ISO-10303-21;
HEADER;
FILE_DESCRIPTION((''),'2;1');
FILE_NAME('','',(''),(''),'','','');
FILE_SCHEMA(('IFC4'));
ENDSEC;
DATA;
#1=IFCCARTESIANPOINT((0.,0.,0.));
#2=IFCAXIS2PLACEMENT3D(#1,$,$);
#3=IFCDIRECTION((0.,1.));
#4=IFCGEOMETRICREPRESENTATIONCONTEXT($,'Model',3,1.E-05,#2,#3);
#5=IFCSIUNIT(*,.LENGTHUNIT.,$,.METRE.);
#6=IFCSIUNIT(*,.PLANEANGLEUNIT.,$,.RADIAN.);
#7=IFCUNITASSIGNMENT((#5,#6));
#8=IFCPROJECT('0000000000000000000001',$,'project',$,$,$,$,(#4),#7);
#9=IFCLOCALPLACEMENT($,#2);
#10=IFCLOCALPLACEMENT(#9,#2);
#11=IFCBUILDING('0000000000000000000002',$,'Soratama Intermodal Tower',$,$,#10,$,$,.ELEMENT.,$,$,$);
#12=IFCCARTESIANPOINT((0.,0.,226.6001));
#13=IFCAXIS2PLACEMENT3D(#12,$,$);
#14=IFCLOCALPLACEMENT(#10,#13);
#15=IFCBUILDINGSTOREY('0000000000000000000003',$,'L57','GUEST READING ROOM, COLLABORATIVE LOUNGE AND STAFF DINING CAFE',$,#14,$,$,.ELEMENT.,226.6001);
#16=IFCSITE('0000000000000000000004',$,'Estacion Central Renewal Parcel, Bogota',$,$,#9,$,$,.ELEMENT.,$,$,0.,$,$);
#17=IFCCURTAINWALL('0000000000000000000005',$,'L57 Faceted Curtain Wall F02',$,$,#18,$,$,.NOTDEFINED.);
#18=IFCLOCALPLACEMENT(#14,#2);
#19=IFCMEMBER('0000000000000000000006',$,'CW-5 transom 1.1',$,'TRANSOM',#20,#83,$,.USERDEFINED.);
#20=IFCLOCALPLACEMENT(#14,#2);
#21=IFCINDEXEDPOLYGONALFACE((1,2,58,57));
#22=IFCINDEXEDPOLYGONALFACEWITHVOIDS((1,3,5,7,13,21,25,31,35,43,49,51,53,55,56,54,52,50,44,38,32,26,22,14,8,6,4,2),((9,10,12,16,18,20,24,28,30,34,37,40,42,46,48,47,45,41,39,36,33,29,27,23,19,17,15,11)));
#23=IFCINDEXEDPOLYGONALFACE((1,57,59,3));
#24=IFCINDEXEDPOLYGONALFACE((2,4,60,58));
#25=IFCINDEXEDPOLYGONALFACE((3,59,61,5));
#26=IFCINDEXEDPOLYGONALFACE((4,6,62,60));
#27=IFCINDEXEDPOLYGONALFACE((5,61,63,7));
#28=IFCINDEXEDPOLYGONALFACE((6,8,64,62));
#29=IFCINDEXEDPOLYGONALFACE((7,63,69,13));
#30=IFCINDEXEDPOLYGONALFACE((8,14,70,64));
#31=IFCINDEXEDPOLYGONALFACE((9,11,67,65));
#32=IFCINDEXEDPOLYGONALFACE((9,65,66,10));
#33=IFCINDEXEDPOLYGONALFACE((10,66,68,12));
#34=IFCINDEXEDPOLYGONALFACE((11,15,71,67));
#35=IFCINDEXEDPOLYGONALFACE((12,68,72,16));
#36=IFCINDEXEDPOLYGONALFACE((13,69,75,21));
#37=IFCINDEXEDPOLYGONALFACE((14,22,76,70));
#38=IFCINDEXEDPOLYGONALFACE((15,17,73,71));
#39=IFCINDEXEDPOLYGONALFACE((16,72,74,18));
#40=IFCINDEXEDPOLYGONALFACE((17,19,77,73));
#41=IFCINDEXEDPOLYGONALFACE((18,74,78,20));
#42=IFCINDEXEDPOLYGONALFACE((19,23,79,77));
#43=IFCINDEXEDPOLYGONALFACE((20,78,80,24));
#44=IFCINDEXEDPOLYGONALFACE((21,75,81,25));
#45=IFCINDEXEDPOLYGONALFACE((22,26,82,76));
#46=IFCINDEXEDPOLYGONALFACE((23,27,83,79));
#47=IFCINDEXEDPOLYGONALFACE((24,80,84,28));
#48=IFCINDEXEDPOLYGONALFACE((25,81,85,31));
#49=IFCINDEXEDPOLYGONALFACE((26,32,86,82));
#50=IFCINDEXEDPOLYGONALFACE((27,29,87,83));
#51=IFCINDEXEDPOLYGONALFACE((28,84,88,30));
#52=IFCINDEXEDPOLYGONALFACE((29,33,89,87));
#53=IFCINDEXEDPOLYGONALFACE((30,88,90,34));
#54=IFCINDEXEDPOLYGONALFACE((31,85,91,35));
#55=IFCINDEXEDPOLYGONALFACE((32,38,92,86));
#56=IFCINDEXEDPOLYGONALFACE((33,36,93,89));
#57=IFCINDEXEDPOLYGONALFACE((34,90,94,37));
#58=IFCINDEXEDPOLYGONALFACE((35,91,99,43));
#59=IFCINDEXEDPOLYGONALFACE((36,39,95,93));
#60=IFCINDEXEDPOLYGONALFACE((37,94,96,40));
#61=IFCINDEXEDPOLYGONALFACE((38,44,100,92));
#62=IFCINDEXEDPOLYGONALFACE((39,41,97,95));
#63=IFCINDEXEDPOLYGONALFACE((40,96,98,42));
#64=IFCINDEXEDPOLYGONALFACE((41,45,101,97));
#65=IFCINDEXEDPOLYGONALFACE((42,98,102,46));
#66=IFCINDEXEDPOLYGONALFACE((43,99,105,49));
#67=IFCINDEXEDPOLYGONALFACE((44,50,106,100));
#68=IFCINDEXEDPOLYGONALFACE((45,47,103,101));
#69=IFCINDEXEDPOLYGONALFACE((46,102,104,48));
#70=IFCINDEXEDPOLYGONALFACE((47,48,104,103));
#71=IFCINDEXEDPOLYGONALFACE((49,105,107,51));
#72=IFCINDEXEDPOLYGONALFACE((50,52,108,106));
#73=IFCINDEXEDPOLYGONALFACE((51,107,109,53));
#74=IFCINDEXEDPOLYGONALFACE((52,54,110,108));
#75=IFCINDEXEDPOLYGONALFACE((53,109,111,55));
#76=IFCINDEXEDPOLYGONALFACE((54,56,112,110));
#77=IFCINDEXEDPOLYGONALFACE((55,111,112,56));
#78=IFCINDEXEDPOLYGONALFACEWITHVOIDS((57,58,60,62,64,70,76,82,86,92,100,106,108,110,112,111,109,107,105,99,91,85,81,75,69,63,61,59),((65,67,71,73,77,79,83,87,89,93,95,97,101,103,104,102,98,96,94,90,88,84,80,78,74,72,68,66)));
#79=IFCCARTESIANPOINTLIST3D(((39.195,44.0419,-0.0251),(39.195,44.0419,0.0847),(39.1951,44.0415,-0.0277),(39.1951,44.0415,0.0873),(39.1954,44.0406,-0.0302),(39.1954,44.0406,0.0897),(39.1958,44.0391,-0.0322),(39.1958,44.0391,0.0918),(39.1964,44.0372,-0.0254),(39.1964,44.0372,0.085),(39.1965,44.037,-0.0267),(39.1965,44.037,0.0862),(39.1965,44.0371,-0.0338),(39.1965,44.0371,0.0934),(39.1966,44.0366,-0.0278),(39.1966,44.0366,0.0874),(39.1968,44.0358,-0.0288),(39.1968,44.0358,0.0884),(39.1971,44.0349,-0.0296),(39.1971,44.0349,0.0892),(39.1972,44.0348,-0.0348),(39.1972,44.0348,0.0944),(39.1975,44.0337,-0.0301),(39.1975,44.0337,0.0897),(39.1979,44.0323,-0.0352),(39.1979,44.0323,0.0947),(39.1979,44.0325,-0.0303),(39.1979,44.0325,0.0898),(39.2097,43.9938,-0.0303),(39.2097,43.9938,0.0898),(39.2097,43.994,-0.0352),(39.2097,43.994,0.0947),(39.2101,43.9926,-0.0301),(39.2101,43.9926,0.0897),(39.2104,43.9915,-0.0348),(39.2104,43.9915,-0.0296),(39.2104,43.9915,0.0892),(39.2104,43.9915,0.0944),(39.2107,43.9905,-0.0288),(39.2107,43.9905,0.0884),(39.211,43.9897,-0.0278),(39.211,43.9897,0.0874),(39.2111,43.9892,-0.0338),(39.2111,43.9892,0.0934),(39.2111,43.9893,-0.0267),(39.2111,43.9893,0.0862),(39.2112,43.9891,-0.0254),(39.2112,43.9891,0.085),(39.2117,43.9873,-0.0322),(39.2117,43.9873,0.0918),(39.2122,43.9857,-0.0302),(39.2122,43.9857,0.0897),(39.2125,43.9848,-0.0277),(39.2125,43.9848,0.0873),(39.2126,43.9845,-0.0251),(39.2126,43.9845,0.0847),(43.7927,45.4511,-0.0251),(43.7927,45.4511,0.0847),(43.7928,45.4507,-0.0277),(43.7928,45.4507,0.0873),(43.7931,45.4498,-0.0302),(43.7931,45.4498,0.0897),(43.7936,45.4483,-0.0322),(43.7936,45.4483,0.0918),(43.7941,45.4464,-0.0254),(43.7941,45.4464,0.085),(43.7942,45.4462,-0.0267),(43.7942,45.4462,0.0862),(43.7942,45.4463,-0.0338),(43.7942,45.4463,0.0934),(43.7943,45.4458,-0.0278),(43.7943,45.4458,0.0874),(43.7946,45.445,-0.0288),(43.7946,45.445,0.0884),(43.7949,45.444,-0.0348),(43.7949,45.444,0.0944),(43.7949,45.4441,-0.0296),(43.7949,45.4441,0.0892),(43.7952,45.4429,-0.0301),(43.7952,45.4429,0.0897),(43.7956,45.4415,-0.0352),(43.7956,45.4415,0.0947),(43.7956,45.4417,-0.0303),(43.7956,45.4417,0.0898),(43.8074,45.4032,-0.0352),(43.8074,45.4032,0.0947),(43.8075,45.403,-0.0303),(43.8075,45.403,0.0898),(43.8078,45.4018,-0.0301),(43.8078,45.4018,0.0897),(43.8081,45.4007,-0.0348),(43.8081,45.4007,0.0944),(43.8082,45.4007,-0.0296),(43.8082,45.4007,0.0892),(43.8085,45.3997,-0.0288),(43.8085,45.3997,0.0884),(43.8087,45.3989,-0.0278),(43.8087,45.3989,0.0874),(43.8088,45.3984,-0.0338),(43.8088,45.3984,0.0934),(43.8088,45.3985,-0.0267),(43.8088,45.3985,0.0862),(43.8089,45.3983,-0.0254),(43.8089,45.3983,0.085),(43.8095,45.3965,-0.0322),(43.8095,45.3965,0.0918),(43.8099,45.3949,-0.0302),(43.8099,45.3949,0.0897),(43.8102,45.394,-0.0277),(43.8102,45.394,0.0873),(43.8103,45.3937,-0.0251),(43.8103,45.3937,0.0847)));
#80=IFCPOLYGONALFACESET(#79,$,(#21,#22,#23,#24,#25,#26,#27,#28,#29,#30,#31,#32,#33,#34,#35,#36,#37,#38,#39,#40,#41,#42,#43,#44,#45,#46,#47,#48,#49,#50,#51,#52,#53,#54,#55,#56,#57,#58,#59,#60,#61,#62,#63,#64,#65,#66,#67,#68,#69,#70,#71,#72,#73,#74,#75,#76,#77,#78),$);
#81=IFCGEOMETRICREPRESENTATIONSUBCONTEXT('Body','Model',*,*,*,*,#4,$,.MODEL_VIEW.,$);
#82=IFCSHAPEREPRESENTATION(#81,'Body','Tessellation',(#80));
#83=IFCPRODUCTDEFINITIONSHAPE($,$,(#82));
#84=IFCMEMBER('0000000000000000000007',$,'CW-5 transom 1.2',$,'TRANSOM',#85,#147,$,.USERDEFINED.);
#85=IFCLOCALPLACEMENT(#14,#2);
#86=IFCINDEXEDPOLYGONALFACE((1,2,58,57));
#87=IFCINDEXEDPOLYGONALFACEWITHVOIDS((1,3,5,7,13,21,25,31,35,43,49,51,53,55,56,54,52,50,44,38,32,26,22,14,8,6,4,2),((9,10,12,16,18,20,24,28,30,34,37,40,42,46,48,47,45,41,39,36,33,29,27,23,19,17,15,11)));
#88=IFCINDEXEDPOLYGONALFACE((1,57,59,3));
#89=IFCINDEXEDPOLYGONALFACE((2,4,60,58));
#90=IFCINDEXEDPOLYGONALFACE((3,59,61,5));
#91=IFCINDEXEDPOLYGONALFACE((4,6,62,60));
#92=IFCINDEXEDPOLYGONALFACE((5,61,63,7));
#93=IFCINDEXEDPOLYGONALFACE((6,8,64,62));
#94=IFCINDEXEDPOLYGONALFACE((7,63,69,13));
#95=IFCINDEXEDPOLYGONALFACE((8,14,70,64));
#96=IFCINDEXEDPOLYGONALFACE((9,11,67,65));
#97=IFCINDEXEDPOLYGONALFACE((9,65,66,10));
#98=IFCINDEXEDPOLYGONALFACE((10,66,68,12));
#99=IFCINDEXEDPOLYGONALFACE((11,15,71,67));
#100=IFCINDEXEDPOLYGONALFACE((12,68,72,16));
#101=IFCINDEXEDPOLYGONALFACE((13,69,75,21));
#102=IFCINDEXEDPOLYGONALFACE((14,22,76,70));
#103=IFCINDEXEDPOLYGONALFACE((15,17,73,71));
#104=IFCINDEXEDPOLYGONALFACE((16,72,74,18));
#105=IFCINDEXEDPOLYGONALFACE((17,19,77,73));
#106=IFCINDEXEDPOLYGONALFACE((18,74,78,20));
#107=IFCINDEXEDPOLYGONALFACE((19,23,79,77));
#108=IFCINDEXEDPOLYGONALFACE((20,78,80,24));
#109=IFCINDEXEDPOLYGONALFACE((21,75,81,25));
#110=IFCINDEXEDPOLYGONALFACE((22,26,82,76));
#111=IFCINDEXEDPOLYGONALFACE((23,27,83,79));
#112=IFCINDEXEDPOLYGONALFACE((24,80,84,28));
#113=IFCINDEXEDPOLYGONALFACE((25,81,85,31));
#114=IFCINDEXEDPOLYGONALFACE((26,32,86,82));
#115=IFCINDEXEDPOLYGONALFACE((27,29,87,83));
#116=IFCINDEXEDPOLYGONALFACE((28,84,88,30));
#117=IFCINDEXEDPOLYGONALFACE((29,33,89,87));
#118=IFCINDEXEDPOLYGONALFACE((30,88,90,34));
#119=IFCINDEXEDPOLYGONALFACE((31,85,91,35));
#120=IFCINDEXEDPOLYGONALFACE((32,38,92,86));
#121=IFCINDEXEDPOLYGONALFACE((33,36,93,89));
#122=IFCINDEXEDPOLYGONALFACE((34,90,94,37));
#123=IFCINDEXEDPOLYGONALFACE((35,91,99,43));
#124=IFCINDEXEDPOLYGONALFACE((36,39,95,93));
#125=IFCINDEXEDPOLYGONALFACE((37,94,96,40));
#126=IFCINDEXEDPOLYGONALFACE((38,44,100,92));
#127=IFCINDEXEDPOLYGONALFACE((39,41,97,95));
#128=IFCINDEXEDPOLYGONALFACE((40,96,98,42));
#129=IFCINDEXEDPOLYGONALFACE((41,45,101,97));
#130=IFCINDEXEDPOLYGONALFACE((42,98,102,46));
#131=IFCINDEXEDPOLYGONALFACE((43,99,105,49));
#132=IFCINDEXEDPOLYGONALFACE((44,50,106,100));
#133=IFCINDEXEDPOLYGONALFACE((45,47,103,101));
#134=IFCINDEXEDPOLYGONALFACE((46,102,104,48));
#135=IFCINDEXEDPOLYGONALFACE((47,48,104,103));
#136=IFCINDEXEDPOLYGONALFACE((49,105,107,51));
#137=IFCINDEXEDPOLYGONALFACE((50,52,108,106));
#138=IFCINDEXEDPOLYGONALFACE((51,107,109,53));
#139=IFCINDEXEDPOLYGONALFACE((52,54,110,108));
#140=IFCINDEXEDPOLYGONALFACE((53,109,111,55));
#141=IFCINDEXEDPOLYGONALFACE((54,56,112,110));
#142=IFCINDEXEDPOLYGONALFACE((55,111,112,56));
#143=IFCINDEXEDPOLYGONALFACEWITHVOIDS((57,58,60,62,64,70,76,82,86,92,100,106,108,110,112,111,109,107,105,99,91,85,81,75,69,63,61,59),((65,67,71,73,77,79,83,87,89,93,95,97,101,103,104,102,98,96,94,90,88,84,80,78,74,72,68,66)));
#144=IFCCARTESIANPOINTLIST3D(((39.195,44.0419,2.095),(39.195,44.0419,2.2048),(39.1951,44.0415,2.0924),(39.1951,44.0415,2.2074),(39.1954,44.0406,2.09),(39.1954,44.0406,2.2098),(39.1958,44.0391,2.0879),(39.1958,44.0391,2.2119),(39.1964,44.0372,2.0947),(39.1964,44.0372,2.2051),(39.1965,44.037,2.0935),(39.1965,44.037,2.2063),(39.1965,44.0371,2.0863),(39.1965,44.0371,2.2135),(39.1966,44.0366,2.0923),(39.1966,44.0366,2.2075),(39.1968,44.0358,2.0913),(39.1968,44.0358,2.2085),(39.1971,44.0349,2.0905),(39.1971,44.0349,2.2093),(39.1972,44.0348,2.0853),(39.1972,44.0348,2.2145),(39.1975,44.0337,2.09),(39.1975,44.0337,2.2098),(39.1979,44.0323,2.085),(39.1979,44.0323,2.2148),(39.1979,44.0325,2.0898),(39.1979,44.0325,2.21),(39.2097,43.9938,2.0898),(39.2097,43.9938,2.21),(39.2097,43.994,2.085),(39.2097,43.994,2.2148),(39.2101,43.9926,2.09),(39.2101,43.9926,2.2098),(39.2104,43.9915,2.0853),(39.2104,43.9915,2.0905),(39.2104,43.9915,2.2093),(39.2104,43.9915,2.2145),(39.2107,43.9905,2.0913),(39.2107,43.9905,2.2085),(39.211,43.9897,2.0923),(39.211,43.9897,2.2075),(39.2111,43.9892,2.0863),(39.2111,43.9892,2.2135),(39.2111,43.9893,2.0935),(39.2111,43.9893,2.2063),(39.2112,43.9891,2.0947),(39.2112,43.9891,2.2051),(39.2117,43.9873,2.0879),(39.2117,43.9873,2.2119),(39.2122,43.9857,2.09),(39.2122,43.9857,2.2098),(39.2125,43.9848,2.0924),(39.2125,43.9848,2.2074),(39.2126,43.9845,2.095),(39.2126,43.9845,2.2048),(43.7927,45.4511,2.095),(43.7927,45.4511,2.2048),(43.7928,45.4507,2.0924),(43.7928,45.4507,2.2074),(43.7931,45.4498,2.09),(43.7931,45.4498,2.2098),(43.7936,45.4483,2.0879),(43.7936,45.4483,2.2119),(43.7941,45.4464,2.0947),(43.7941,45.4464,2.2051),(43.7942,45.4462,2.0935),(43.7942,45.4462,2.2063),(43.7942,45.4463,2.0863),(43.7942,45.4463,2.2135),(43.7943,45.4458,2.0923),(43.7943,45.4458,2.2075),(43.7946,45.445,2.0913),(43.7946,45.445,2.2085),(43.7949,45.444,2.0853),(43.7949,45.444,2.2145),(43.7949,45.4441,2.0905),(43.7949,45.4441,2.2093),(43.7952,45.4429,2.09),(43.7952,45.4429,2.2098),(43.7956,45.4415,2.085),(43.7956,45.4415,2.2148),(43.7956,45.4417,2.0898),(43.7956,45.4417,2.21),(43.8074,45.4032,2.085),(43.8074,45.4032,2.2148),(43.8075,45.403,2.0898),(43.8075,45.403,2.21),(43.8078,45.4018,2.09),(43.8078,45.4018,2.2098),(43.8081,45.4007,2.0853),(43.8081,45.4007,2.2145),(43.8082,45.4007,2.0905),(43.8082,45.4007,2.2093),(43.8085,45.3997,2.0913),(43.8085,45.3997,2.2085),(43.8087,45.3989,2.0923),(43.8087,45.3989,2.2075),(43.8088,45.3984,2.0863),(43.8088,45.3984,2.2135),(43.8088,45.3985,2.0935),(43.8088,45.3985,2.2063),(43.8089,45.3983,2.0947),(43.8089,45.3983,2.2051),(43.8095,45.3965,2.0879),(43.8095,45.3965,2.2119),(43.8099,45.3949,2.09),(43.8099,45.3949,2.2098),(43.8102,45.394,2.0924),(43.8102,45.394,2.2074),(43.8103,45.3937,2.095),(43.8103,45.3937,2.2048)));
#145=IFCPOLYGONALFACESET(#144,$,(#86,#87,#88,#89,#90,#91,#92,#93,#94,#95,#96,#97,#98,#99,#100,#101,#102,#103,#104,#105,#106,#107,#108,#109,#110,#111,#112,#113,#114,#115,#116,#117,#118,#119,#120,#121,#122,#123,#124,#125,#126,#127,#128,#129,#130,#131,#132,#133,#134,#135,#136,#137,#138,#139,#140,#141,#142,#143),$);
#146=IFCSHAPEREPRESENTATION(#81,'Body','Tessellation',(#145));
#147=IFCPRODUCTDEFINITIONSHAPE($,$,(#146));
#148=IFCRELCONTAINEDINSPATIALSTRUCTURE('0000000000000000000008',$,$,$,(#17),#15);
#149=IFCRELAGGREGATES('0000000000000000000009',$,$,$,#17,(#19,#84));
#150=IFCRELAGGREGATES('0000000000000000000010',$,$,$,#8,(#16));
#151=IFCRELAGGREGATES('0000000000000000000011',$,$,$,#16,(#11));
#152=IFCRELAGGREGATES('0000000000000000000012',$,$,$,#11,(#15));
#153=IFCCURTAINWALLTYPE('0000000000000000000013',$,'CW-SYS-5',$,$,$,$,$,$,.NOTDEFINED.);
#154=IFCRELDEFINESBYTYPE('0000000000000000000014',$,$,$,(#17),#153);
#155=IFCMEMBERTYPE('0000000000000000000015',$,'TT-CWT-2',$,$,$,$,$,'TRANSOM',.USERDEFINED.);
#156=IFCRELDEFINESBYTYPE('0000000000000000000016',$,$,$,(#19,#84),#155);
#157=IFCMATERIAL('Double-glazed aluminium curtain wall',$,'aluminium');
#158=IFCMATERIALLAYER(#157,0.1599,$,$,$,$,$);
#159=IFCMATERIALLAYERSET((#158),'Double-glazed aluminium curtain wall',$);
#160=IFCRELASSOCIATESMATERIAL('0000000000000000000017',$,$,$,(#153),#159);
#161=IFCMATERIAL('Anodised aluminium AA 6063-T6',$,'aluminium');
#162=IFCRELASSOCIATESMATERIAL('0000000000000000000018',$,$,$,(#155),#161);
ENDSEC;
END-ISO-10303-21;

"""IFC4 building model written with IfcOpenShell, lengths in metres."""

from ifc_helpers import new_model, si_unit, direction, frame, origin, origin_2d, place, context, subcontext, project, spatial, hollow_rectangle, extrude, material, layer, layer_set, material_profile, profile_set, type_object, element, aggregate, save


model = new_model("IFC4")

# Units and contexts
model_context = context("Model", 3, precision=1e-05, world=origin(), true_north=direction((0.0, 1.0)))
body_context = subcontext(model_context, "Body", "Model", "MODEL_VIEW")
ifc_project = project(units=[si_unit("LENGTHUNIT", "METRE"), si_unit("PLANEANGLEUNIT", "RADIAN")], contexts=[model_context])

# Site, building, storey
site_placement = place(None, origin())
site = spatial("IfcSite", under=ifc_project, at=site_placement, Name="Estacion Central Renewal Parcel, Bogota", CompositionType="ELEMENT", RefElevation=0.0)
building_placement = place(site_placement, origin())
building = spatial("IfcBuilding", under=site, at=building_placement, Name="Soratama Intermodal Tower", CompositionType="ELEMENT")
storey_placement = place(building_placement, frame((0.0, 0.0, 226.6001)))
storey = spatial("IfcBuildingStorey", under=building, at=storey_placement, Name="L57", Description="GUEST READING ROOM, COLLABORATIVE LOUNGE AND STAFF DINING CAFE", CompositionType="ELEMENT", Elevation=226.6001)

# Shared definitions
ifc_material_1 = material(Name="Double-glazed aluminium curtain wall", Category="aluminium")
ifc_layer_1 = layer(ifc_material_1, 0.1599)
ifc_layer_set_1 = layer_set([ifc_layer_1], Name="Double-glazed aluminium curtain wall")
curtain_wall_type = type_object("IfcCurtainWallType", Name="CW-SYS-5", PredefinedType="NOTDEFINED", material=ifc_layer_set_1)

# Curtain wall, members
curtain_wall_1_placement = place(storey_placement, origin())
curtain_wall_1 = element("IfcCurtainWall", 1, at=curtain_wall_1_placement, inside=storey, type_object=curtain_wall_type, Name="L57 Faceted Curtain Wall F02", PredefinedType="NOTDEFINED")
ifc_material_2 = material(Name="Anodised aluminium AA 6063-T6", Category="aluminium")
ifc_material_profile_1 = material_profile(ifc_material_2, hollow_rectangle(XDim=0.0601, YDim=0.1299, WallThickness=0.0049, InnerFilletRadius=0.0049, OuterFilletRadius=0.01, at=origin_2d()), Name="CWT130X60X5")
ifc_profile_set_1 = profile_set([ifc_material_profile_1], Name="Anodised aluminium AA 6063-T6")
member_type_1 = type_object("IfcMemberType", Name="TT-CWT-2", ElementType="TRANSOM", PredefinedType="USERDEFINED", material=ifc_profile_set_1)
member_1_placement = place(storey_placement, frame((43.8015, 45.4224, 0.0298), z_axis=(-0.956099, -0.293044, 0.0), x_axis=(0.293044, -0.956099, 0.0)))
member_1 = element("IfcMember", 2, at=member_1_placement, type_object=member_type_1, Name="CW-5 transom 1.1", ObjectType="TRANSOM", PredefinedType="USERDEFINED", context=body_context, shape_type="SweptSolid", body=[
    extrude(hollow_rectangle(XDim=0.0601, YDim=0.1299, WallThickness=0.0049, InnerFilletRadius=0.0049, OuterFilletRadius=0.01, at=origin_2d()), origin(), (0.0, 0.0, 1.0), 4.8088),
])
member_2_placement = place(storey_placement, frame((43.8015, 45.4224, 2.1499), z_axis=(-0.956099, -0.293044, 0.0), x_axis=(0.293044, -0.956099, 0.0)))
member_2 = element("IfcMember", 3, at=member_2_placement, type_object=member_type_1, Name="CW-5 transom 1.2", ObjectType="TRANSOM", PredefinedType="USERDEFINED", context=body_context, shape_type="SweptSolid", body=[
    extrude(hollow_rectangle(XDim=0.0601, YDim=0.1299, WallThickness=0.0049, InnerFilletRadius=0.0049, OuterFilletRadius=0.01, at=origin_2d()), origin(), (0.0, 0.0, 1.0), 4.8088),
])

aggregate(curtain_wall_1, [member_1, member_2])

save(model, "model.ifc")
